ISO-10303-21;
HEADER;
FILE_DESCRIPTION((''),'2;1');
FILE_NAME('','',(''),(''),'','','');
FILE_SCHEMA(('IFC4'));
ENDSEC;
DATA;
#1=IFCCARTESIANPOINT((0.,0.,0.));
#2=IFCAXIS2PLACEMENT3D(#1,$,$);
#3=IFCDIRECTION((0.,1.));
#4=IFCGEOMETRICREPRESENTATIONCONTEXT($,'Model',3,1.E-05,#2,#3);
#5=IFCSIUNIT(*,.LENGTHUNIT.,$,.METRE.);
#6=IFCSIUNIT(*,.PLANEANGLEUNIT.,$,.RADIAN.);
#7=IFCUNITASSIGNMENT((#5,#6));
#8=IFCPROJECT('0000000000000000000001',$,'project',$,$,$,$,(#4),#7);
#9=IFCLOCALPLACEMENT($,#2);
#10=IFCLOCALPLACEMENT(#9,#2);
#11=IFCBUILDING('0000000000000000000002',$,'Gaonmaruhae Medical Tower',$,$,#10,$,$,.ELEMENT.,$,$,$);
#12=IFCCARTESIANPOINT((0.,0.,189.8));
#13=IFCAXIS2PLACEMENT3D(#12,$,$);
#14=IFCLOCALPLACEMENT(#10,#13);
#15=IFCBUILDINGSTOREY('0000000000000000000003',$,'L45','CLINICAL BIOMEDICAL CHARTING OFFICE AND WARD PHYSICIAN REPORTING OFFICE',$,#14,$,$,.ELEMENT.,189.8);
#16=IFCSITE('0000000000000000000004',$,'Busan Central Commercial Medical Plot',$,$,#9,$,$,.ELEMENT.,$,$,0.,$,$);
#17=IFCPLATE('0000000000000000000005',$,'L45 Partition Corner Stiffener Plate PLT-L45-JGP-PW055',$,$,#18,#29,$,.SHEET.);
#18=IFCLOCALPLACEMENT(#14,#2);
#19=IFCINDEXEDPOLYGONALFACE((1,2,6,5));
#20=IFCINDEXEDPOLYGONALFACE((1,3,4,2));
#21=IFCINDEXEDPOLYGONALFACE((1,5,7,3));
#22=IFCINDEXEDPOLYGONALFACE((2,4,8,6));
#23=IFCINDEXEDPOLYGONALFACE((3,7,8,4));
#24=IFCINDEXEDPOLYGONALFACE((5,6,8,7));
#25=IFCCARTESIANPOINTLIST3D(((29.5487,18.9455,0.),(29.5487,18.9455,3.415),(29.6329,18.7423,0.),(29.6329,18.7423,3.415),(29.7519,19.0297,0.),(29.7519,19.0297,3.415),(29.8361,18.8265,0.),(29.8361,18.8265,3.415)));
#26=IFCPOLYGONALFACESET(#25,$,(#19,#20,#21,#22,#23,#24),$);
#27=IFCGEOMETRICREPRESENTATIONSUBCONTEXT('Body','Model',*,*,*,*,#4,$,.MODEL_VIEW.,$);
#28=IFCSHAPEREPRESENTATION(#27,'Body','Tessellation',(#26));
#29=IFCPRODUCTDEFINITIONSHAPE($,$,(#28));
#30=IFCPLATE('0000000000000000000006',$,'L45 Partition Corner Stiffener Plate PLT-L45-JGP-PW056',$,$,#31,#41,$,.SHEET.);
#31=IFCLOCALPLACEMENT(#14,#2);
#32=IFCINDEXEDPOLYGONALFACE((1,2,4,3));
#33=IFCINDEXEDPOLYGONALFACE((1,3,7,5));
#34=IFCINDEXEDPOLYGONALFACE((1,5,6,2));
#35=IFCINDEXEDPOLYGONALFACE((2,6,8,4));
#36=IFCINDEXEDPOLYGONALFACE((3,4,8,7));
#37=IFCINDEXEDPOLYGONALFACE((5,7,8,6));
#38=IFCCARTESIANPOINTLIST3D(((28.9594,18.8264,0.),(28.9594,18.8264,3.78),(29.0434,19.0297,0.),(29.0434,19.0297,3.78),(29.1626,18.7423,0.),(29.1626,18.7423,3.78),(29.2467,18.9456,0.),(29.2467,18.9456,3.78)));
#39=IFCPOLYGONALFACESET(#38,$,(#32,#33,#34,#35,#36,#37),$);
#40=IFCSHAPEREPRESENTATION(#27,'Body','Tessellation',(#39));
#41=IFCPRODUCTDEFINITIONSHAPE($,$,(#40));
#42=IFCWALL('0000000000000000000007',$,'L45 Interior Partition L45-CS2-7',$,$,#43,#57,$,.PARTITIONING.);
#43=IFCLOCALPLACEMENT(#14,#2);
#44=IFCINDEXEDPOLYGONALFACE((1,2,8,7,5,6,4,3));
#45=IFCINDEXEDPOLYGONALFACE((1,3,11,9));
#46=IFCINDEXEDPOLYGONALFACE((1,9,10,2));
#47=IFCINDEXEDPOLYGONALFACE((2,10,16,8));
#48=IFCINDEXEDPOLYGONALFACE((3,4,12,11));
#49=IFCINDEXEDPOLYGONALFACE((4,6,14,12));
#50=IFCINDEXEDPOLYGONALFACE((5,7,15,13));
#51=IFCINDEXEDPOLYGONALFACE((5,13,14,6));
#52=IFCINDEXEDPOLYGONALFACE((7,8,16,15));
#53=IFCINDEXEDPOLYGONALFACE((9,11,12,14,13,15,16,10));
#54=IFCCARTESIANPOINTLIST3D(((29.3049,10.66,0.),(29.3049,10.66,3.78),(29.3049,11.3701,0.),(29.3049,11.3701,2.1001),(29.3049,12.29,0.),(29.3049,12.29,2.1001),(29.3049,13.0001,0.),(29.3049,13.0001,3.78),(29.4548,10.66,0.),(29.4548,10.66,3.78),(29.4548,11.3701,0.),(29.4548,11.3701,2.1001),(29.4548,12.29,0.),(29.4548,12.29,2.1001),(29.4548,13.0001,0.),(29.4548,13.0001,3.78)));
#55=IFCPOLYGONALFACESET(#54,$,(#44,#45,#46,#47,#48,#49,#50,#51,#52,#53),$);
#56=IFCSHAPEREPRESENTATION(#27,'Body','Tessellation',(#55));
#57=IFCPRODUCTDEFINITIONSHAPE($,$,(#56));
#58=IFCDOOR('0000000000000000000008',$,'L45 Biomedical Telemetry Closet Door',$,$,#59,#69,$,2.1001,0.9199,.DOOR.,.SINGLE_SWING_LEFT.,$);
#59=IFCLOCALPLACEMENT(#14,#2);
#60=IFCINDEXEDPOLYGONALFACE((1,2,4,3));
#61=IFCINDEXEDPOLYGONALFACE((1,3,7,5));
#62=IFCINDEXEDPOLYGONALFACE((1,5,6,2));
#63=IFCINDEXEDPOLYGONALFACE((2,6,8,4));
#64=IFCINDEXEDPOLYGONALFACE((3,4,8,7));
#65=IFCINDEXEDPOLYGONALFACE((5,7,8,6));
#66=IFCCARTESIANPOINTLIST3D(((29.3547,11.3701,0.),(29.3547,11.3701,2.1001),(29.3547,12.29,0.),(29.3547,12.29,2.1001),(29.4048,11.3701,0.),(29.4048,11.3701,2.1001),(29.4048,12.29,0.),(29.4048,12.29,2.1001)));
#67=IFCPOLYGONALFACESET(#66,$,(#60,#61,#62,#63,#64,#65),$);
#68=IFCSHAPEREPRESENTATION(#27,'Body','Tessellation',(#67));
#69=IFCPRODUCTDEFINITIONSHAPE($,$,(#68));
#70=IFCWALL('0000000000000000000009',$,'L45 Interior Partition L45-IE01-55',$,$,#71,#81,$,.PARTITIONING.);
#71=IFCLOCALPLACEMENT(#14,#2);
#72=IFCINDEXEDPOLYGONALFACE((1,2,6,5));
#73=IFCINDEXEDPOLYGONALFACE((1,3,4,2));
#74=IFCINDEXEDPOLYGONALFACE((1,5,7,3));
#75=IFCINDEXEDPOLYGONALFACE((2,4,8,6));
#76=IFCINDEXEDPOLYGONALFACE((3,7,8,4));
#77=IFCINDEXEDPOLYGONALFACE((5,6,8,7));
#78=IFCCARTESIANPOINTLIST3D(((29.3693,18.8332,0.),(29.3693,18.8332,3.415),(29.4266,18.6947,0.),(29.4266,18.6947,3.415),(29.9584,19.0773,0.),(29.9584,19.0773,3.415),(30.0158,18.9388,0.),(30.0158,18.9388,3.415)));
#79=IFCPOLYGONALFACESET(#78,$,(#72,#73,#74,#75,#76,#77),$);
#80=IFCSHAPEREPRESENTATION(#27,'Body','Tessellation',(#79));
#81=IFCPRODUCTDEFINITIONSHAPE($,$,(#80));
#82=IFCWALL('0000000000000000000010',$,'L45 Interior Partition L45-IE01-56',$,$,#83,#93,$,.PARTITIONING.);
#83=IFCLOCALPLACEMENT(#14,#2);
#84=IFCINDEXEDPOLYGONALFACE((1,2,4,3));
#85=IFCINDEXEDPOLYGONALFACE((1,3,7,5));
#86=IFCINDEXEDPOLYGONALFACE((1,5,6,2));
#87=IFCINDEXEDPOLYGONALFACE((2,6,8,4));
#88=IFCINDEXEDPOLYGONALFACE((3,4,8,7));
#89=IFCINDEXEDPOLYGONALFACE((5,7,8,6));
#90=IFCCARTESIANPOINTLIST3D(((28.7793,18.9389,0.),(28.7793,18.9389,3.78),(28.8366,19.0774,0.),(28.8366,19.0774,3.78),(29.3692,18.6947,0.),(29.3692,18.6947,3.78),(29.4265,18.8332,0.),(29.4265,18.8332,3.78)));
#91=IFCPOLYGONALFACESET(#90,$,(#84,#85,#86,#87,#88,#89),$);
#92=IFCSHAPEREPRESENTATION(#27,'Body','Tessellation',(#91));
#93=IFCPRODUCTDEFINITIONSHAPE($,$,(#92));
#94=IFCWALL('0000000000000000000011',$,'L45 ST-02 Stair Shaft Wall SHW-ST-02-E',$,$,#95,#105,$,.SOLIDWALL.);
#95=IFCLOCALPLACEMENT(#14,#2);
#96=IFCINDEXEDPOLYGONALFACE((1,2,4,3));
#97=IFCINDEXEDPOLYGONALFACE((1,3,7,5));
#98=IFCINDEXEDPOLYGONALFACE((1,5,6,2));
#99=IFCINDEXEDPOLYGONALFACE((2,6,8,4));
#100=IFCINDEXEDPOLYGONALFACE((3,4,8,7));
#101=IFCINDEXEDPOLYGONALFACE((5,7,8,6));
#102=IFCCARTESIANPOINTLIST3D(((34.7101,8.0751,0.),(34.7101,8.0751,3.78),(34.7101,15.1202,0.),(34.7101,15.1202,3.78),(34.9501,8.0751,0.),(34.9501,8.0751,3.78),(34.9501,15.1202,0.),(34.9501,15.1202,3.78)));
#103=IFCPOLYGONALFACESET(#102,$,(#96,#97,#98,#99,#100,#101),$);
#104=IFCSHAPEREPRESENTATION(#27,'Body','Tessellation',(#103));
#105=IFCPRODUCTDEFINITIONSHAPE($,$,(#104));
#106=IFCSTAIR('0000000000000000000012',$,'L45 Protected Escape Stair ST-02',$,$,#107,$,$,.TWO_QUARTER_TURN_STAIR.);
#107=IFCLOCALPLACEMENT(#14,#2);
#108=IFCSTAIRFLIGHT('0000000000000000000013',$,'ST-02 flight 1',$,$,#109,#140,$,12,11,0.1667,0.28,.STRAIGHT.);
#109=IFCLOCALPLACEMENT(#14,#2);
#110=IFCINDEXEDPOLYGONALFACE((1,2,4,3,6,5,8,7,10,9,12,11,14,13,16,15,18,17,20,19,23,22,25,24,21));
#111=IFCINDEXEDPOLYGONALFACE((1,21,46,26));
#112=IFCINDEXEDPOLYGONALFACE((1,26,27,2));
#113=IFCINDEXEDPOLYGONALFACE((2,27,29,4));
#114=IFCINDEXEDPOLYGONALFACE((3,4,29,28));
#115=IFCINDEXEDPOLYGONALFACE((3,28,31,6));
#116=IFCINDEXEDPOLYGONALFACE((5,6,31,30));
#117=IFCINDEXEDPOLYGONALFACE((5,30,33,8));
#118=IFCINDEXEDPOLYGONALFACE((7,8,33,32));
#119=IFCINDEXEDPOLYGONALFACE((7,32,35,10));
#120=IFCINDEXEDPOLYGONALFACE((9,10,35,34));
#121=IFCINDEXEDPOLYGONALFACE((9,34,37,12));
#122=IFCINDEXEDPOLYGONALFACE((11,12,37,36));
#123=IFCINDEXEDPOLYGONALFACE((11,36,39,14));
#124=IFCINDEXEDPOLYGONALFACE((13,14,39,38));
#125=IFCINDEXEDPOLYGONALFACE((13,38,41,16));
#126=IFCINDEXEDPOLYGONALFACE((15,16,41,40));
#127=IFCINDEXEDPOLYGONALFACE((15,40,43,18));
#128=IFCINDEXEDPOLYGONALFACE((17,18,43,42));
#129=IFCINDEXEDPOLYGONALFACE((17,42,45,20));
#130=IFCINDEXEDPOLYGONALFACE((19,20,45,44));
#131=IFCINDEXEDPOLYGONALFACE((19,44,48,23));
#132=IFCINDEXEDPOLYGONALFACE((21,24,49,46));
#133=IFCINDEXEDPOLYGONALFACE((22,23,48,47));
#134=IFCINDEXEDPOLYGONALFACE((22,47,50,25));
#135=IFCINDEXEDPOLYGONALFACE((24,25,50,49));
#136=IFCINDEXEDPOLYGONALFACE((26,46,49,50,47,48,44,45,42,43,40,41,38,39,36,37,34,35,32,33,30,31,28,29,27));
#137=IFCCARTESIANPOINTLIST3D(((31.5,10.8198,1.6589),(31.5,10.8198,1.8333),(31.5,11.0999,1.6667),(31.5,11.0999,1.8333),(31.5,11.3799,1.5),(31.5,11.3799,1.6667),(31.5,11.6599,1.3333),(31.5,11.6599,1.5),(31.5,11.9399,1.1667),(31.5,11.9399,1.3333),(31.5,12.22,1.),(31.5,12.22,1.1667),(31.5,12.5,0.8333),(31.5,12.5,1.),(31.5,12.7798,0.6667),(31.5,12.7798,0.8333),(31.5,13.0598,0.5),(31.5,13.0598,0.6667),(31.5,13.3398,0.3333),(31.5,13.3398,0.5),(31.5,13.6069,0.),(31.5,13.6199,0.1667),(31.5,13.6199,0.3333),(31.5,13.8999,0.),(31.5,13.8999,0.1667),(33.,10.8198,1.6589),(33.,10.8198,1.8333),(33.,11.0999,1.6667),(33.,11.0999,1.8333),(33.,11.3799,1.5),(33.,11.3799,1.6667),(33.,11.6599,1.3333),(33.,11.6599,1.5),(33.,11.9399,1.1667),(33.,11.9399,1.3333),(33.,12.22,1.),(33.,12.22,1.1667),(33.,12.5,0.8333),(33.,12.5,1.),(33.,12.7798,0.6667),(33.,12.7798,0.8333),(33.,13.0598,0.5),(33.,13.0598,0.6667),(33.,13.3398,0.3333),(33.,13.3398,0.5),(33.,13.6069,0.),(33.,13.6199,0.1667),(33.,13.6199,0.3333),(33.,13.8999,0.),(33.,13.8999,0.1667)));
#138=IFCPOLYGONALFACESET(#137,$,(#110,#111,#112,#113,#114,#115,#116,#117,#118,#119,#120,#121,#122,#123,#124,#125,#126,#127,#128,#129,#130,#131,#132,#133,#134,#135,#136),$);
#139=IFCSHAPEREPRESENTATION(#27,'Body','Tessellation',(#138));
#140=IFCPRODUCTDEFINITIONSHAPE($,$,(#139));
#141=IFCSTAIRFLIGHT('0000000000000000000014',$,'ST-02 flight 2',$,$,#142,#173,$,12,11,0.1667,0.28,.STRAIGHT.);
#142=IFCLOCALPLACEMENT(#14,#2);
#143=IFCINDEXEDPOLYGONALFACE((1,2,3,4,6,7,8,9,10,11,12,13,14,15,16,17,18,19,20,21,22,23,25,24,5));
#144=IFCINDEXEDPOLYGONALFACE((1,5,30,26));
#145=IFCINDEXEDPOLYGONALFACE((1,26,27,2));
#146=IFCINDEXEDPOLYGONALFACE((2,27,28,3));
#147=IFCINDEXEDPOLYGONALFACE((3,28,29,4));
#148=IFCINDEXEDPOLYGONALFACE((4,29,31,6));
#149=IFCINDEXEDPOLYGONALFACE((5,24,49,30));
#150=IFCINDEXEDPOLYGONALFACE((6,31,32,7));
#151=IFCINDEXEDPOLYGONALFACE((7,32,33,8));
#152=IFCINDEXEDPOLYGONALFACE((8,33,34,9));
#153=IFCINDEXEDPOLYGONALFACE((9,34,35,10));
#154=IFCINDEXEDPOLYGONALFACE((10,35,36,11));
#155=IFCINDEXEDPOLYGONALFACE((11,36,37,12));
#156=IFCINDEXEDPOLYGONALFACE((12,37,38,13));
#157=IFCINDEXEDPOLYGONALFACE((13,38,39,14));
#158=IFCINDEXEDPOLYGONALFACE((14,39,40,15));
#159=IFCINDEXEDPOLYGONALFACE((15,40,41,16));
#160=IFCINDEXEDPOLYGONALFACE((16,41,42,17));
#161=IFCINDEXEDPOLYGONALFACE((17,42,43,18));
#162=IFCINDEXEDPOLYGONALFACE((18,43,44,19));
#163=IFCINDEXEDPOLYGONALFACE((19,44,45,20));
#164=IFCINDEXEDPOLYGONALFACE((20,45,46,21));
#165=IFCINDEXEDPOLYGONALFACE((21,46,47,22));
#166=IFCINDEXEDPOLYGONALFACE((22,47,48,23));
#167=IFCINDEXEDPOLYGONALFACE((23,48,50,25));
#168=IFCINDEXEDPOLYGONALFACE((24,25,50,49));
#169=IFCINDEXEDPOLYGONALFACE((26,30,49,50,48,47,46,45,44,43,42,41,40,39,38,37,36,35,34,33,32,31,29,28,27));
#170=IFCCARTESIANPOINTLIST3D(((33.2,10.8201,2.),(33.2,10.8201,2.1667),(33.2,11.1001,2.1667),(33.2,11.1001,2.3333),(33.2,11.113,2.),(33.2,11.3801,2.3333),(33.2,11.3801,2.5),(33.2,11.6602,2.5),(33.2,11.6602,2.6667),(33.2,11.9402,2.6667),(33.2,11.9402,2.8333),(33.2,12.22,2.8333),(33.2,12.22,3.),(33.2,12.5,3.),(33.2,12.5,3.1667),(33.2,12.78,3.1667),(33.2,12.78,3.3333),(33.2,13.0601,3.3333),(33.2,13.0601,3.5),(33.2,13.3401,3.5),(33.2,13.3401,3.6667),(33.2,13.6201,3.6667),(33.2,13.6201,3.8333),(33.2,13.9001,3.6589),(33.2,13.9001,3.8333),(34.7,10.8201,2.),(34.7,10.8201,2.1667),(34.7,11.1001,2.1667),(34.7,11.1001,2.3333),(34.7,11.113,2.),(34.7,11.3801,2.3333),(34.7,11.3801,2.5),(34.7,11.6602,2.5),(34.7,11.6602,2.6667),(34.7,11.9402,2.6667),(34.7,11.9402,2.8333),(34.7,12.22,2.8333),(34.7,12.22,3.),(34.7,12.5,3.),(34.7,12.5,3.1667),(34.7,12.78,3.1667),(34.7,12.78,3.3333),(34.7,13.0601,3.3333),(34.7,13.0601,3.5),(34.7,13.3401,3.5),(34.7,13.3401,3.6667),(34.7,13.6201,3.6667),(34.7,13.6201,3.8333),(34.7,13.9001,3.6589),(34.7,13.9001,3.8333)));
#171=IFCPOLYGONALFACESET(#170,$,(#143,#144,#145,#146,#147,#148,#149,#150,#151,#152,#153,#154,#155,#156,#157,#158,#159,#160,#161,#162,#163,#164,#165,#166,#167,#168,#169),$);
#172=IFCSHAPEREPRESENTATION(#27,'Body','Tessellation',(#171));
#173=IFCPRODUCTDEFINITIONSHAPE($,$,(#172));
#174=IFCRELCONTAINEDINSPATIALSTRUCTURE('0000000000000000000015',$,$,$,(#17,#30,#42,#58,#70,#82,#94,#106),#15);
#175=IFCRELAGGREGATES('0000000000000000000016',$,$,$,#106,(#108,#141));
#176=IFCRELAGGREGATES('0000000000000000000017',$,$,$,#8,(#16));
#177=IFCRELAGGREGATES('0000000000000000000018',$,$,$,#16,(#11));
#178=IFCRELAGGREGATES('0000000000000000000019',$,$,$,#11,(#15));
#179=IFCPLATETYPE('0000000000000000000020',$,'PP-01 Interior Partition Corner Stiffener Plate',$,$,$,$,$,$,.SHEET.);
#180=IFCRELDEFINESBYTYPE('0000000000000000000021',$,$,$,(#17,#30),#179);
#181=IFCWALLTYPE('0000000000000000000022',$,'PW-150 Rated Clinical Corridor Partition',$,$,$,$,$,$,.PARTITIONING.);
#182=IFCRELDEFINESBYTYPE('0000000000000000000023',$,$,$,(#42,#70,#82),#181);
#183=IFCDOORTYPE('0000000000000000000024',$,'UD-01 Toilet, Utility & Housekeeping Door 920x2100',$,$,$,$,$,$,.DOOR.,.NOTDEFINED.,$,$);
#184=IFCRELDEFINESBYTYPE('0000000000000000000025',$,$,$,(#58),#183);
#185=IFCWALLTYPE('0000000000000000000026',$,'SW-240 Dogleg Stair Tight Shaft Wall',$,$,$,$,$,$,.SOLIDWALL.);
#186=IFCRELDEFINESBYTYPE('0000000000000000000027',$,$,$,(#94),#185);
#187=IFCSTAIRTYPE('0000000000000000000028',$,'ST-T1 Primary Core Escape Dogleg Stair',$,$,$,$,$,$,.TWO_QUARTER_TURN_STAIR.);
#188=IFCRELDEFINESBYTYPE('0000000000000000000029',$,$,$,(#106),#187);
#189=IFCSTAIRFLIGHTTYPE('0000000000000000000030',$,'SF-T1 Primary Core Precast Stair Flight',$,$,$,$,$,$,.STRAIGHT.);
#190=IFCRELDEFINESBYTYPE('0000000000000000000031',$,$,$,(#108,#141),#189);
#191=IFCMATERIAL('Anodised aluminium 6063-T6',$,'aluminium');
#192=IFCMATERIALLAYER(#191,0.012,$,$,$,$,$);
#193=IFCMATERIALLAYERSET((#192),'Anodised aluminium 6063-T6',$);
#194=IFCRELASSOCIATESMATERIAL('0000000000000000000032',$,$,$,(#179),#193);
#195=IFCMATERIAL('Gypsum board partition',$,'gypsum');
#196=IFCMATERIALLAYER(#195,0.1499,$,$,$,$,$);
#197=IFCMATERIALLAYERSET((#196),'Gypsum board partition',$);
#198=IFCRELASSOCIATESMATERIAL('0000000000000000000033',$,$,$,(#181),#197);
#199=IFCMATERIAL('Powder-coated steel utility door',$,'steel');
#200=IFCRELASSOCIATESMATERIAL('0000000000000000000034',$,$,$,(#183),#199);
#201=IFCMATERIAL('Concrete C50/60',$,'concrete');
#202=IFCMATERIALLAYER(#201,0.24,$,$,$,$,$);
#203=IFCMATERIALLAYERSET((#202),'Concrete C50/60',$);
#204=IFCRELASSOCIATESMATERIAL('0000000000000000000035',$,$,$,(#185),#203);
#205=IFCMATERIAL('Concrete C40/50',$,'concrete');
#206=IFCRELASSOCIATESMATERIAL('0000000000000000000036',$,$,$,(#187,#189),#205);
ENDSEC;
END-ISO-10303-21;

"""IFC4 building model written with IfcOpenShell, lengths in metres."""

from ifc_helpers import new_model, si_unit, direction, frame, frame_2d, origin, origin_2d, place, context, subcontext, project, spatial, polyline, rectangle, outline, extrude, material, layer, layer_set, type_object, element, fill, aggregate, save


model = new_model("IFC4")

# Units and contexts
model_context = context("Model", 3, precision=1e-05, world=origin(), true_north=direction((0.0, 1.0)))
body_context = subcontext(model_context, "Body", "Model", "MODEL_VIEW")
ifc_project = project(units=[si_unit("LENGTHUNIT", "METRE"), si_unit("PLANEANGLEUNIT", "RADIAN")], contexts=[model_context])

# Site, building, storey
site_placement = place(None, origin())
site = spatial("IfcSite", under=ifc_project, at=site_placement, Name="Busan Central Commercial Medical Plot", CompositionType="ELEMENT", RefElevation=0.0)
building_placement = place(site_placement, origin())
building = spatial("IfcBuilding", under=site, at=building_placement, Name="Gaonmaruhae Medical Tower", CompositionType="ELEMENT")
storey_placement = place(building_placement, frame((0.0, 0.0, 189.8)))
storey = spatial("IfcBuildingStorey", under=building, at=storey_placement, Name="L45", Description="CLINICAL BIOMEDICAL CHARTING OFFICE AND WARD PHYSICIAN REPORTING OFFICE", CompositionType="ELEMENT", Elevation=189.8)

# Shared definitions
ifc_material_1 = material(Name="Concrete C50/60", Category="concrete")

# Plates
ifc_material_2 = material(Name="Anodised aluminium 6063-T6", Category="aluminium")
ifc_layer_1 = layer(ifc_material_2, 0.012)
ifc_layer_set_1 = layer_set([ifc_layer_1], Name="Anodised aluminium 6063-T6")
plate_type = type_object("IfcPlateType", Name="PP-01 Interior Partition Corner Stiffener Plate", PredefinedType="SHEET", material=ifc_layer_set_1)
plate_1_placement = place(storey_placement, frame((29.6924, 18.886, 0.0), z_axis=(0.0, 0.0, 1.0), x_axis=(-0.923866, -0.382716, 0.0)))
element("IfcPlate", 1, at=plate_1_placement, inside=storey, type_object=plate_type, Name="L45 Partition Corner Stiffener Plate PLT-L45-JGP-PW055", PredefinedType="SHEET", context=body_context, shape_type="SweptSolid", body=[
    extrude(rectangle(XDim=0.22, YDim=0.22, at=origin_2d()), origin(), (0.0, 0.0, 1.0), 3.415),
])
plate_2_placement = place(storey_placement, frame((29.103, 18.886, 0.0), z_axis=(0.0, 0.0, 1.0), x_axis=(-0.924093, 0.382167, 0.0)))
element("IfcPlate", 2, at=plate_2_placement, inside=storey, type_object=plate_type, Name="L45 Partition Corner Stiffener Plate PLT-L45-JGP-PW056", PredefinedType="SHEET", context=body_context, shape_type="SweptSolid", body=[
    extrude(rectangle(XDim=0.22, YDim=0.22, at=origin_2d()), origin(), (0.0, 0.0, 1.0), 3.78),
])

# Wall, opening, door
ifc_material_3 = material(Name="Gypsum board partition", Category="gypsum")
ifc_layer_2 = layer(ifc_material_3, 0.1499)
ifc_layer_set_2 = layer_set([ifc_layer_2], Name="Gypsum board partition")
wall_type_1 = type_object("IfcWallType", Name="PW-150 Rated Clinical Corridor Partition", PredefinedType="PARTITIONING", material=ifc_layer_set_2)
wall_1_placement = place(storey_placement, frame((29.3799, 13.0, 0.0), z_axis=(0.0, 0.0, 1.0), x_axis=(0.0, -1.0, 0.0)))
wall_1 = element("IfcWall", 3, at=wall_1_placement, inside=storey, type_object=wall_type_1, Name="L45 Interior Partition L45-CS2-7", PredefinedType="PARTITIONING", context=body_context, shape_type="SweptSolid", body=[
    extrude(rectangle(XDim=2.3401, YDim=0.1499, at=frame_2d((1.1699, 0.0))), origin(), (0.0, 0.0, 1.0), 3.78),
])
opening_1_placement = place(wall_1_placement, frame((0.71, 0.0, 0.0)))
opening_1 = element("IfcOpeningElement", 4, at=opening_1_placement, cuts=wall_1, PredefinedType="OPENING", context=body_context, shape_type="SweptSolid", body=[
    extrude(rectangle(XDim=0.9199, YDim=2.1001, at=frame_2d((0.46, 1.05))), frame((0.0, 0.085, 0.0), z_axis=(0.0, -1.0, 0.0), x_axis=(1.0, 0.0, 0.0)), (0.0, 0.0, 1.0), 0.1699),
])
ifc_material_4 = material(Name="Powder-coated steel utility door", Category="steel")
door_type_1 = type_object("IfcDoorType", Name="UD-01 Toilet, Utility & Housekeeping Door 920x2100", OperationType="NOTDEFINED", PredefinedType="DOOR", material=ifc_material_4)
door_1_placement = place(opening_1_placement, origin())
door_1 = element("IfcDoor", 5, at=door_1_placement, inside=storey, type_object=door_type_1, Name="L45 Biomedical Telemetry Closet Door", OperationType="SINGLE_SWING_LEFT", OverallHeight=2.1001, OverallWidth=0.9199, PredefinedType="DOOR", context=body_context, shape_type="SweptSolid", body=[
    extrude(rectangle(XDim=0.9199, YDim=2.1001, at=frame_2d((0.46, 1.05))), frame((0.0, 0.0249, 0.0), z_axis=(0.0, -1.0, 0.0), x_axis=(1.0, 0.0, 0.0)), (0.0, 0.0, 1.0), 0.05),
])
fill(opening_1, door_1)

# Walls
wall_2_placement = place(storey_placement, frame((29.9871, 19.0081, 0.0), z_axis=(0.0, 0.0, 1.0), x_axis=(-0.923811, -0.382848, 0.0)))
element("IfcWall", 6, at=wall_2_placement, inside=storey, type_object=wall_type_1, Name="L45 Interior Partition L45-IE01-55", PredefinedType="PARTITIONING", context=body_context, shape_type="SweptSolid", body=[
    extrude(rectangle(XDim=0.6377, YDim=0.1499, at=frame_2d((0.3188, 0.0))), origin(), (0.0, 0.0, 1.0), 3.415),
])
wall_3_placement = place(storey_placement, frame((29.3979, 18.7639, 0.0), z_axis=(0.0, 0.0, 1.0), x_axis=(-0.92398, 0.382442, 0.0)))
element("IfcWall", 7, at=wall_3_placement, inside=storey, type_object=wall_type_1, Name="L45 Interior Partition L45-IE01-56", PredefinedType="PARTITIONING", context=body_context, shape_type="SweptSolid", body=[
    extrude(rectangle(XDim=0.6384, YDim=0.1499, at=frame_2d((0.3193, 0.0))), origin(), (0.0, 0.0, 1.0), 3.78),
])

# Shared definitions
ifc_layer_3 = layer(ifc_material_1, 0.24)
ifc_layer_set_3 = layer_set([ifc_layer_3], Name="Concrete C50/60")
wall_type_2 = type_object("IfcWallType", Name="SW-240 Dogleg Stair Tight Shaft Wall", PredefinedType="SOLIDWALL", material=ifc_layer_set_3)

# Wall
wall_4_placement = place(storey_placement, frame((34.8301, 15.1201, 0.0), z_axis=(0.0, 0.0, 1.0), x_axis=(0.0, -1.0, 0.0)))
element("IfcWall", 8, at=wall_4_placement, inside=storey, type_object=wall_type_2, Name="L45 ST-02 Stair Shaft Wall SHW-ST-02-E", PredefinedType="SOLIDWALL", context=body_context, shape_type="SweptSolid", body=[
    extrude(rectangle(XDim=7.0452, YDim=0.24, at=frame_2d((3.5225, 0.0))), origin(), (0.0, 0.0, 1.0), 3.78),
])

# Stair, stair flights
ifc_material_5 = material(Name="Concrete C40/50", Category="concrete")
stair_type = type_object("IfcStairType", Name="ST-T1 Primary Core Escape Dogleg Stair", PredefinedType="TWO_QUARTER_TURN_STAIR", material=ifc_material_5)
stair_placement = place(storey_placement, origin())
stair = element("IfcStair", 9, at=stair_placement, inside=storey, type_object=stair_type, Name="L45 Protected Escape Stair ST-02", PredefinedType="TWO_QUARTER_TURN_STAIR")
stair_flight_type = type_object("IfcStairFlightType", Name="SF-T1 Primary Core Precast Stair Flight", PredefinedType="STRAIGHT", material=ifc_material_5)
stair_flight_1_placement = place(storey_placement, frame((32.25, 13.8999, 0.0), z_axis=(0.0, 0.0, 1.0), x_axis=(0.0, -1.0, 0.0)))
stair_flight_1 = element("IfcStairFlight", 10, at=stair_flight_1_placement, type_object=stair_flight_type, Name="ST-02 flight 1", NumberOfRisers=12, NumberOfTreads=11, PredefinedType="STRAIGHT", RiserHeight=0.1667, TreadLength=0.28, context=body_context, shape_type="SweptSolid", body=[
    extrude(outline(polyline([(0.0, 0.0), (0.0, 0.1667), (0.28, 0.1667), (0.28, 0.3333), (0.5601, 0.3333), (0.5601, 0.5), (0.8401, 0.5), (0.8401, 0.6667), (1.1201, 0.6667), (1.1201, 0.8333), (1.3999, 0.8333), (1.3999, 1.0), (1.6799, 1.0), (1.6799, 1.1667), (1.96, 1.1667), (1.96, 1.3333), (2.24, 1.3333), (2.24, 1.5), (2.52, 1.5), (2.52, 1.6667), (2.8, 1.6667), (2.8, 1.8333), (3.0801, 1.8333), (3.0801, 2.0), (3.0801, 1.6589), (0.293, 0.0), (0.0, 0.0)])), frame((0.0, 0.75, 0.0), z_axis=(0.0, -1.0, 0.0), x_axis=(1.0, 0.0, 0.0)), (0.0, 0.0, 1.0), 1.5),
])
stair_flight_2_placement = place(storey_placement, frame((33.95, 10.8201, 2.0), z_axis=(0.0, 0.0, 1.0), x_axis=(0.0, 1.0, 0.0)))
stair_flight_2 = element("IfcStairFlight", 11, at=stair_flight_2_placement, type_object=stair_flight_type, Name="ST-02 flight 2", NumberOfRisers=12, NumberOfTreads=11, PredefinedType="STRAIGHT", RiserHeight=0.1667, TreadLength=0.28, context=body_context, shape_type="SweptSolid", body=[
    extrude(outline(polyline([(0.0, 0.0), (0.0, 0.1667), (0.28, 0.1667), (0.28, 0.3333), (0.5601, 0.3333), (0.5601, 0.5), (0.8401, 0.5), (0.8401, 0.6667), (1.1201, 0.6667), (1.1201, 0.8333), (1.3999, 0.8333), (1.3999, 1.0), (1.6799, 1.0), (1.6799, 1.1667), (1.96, 1.1667), (1.96, 1.3333), (2.24, 1.3333), (2.24, 1.5), (2.52, 1.5), (2.52, 1.6667), (2.8, 1.6667), (2.8, 1.8333), (3.0801, 1.8333), (3.0801, 2.0), (3.0801, 1.6589), (0.293, 0.0), (0.0, 0.0)])), frame((0.0, 0.75, 0.0), z_axis=(0.0, -1.0, 0.0), x_axis=(1.0, 0.0, 0.0)), (0.0, 0.0, 1.0), 1.5),
])
aggregate(stair, [stair_flight_1, stair_flight_2])

save(model, "model.ifc")
